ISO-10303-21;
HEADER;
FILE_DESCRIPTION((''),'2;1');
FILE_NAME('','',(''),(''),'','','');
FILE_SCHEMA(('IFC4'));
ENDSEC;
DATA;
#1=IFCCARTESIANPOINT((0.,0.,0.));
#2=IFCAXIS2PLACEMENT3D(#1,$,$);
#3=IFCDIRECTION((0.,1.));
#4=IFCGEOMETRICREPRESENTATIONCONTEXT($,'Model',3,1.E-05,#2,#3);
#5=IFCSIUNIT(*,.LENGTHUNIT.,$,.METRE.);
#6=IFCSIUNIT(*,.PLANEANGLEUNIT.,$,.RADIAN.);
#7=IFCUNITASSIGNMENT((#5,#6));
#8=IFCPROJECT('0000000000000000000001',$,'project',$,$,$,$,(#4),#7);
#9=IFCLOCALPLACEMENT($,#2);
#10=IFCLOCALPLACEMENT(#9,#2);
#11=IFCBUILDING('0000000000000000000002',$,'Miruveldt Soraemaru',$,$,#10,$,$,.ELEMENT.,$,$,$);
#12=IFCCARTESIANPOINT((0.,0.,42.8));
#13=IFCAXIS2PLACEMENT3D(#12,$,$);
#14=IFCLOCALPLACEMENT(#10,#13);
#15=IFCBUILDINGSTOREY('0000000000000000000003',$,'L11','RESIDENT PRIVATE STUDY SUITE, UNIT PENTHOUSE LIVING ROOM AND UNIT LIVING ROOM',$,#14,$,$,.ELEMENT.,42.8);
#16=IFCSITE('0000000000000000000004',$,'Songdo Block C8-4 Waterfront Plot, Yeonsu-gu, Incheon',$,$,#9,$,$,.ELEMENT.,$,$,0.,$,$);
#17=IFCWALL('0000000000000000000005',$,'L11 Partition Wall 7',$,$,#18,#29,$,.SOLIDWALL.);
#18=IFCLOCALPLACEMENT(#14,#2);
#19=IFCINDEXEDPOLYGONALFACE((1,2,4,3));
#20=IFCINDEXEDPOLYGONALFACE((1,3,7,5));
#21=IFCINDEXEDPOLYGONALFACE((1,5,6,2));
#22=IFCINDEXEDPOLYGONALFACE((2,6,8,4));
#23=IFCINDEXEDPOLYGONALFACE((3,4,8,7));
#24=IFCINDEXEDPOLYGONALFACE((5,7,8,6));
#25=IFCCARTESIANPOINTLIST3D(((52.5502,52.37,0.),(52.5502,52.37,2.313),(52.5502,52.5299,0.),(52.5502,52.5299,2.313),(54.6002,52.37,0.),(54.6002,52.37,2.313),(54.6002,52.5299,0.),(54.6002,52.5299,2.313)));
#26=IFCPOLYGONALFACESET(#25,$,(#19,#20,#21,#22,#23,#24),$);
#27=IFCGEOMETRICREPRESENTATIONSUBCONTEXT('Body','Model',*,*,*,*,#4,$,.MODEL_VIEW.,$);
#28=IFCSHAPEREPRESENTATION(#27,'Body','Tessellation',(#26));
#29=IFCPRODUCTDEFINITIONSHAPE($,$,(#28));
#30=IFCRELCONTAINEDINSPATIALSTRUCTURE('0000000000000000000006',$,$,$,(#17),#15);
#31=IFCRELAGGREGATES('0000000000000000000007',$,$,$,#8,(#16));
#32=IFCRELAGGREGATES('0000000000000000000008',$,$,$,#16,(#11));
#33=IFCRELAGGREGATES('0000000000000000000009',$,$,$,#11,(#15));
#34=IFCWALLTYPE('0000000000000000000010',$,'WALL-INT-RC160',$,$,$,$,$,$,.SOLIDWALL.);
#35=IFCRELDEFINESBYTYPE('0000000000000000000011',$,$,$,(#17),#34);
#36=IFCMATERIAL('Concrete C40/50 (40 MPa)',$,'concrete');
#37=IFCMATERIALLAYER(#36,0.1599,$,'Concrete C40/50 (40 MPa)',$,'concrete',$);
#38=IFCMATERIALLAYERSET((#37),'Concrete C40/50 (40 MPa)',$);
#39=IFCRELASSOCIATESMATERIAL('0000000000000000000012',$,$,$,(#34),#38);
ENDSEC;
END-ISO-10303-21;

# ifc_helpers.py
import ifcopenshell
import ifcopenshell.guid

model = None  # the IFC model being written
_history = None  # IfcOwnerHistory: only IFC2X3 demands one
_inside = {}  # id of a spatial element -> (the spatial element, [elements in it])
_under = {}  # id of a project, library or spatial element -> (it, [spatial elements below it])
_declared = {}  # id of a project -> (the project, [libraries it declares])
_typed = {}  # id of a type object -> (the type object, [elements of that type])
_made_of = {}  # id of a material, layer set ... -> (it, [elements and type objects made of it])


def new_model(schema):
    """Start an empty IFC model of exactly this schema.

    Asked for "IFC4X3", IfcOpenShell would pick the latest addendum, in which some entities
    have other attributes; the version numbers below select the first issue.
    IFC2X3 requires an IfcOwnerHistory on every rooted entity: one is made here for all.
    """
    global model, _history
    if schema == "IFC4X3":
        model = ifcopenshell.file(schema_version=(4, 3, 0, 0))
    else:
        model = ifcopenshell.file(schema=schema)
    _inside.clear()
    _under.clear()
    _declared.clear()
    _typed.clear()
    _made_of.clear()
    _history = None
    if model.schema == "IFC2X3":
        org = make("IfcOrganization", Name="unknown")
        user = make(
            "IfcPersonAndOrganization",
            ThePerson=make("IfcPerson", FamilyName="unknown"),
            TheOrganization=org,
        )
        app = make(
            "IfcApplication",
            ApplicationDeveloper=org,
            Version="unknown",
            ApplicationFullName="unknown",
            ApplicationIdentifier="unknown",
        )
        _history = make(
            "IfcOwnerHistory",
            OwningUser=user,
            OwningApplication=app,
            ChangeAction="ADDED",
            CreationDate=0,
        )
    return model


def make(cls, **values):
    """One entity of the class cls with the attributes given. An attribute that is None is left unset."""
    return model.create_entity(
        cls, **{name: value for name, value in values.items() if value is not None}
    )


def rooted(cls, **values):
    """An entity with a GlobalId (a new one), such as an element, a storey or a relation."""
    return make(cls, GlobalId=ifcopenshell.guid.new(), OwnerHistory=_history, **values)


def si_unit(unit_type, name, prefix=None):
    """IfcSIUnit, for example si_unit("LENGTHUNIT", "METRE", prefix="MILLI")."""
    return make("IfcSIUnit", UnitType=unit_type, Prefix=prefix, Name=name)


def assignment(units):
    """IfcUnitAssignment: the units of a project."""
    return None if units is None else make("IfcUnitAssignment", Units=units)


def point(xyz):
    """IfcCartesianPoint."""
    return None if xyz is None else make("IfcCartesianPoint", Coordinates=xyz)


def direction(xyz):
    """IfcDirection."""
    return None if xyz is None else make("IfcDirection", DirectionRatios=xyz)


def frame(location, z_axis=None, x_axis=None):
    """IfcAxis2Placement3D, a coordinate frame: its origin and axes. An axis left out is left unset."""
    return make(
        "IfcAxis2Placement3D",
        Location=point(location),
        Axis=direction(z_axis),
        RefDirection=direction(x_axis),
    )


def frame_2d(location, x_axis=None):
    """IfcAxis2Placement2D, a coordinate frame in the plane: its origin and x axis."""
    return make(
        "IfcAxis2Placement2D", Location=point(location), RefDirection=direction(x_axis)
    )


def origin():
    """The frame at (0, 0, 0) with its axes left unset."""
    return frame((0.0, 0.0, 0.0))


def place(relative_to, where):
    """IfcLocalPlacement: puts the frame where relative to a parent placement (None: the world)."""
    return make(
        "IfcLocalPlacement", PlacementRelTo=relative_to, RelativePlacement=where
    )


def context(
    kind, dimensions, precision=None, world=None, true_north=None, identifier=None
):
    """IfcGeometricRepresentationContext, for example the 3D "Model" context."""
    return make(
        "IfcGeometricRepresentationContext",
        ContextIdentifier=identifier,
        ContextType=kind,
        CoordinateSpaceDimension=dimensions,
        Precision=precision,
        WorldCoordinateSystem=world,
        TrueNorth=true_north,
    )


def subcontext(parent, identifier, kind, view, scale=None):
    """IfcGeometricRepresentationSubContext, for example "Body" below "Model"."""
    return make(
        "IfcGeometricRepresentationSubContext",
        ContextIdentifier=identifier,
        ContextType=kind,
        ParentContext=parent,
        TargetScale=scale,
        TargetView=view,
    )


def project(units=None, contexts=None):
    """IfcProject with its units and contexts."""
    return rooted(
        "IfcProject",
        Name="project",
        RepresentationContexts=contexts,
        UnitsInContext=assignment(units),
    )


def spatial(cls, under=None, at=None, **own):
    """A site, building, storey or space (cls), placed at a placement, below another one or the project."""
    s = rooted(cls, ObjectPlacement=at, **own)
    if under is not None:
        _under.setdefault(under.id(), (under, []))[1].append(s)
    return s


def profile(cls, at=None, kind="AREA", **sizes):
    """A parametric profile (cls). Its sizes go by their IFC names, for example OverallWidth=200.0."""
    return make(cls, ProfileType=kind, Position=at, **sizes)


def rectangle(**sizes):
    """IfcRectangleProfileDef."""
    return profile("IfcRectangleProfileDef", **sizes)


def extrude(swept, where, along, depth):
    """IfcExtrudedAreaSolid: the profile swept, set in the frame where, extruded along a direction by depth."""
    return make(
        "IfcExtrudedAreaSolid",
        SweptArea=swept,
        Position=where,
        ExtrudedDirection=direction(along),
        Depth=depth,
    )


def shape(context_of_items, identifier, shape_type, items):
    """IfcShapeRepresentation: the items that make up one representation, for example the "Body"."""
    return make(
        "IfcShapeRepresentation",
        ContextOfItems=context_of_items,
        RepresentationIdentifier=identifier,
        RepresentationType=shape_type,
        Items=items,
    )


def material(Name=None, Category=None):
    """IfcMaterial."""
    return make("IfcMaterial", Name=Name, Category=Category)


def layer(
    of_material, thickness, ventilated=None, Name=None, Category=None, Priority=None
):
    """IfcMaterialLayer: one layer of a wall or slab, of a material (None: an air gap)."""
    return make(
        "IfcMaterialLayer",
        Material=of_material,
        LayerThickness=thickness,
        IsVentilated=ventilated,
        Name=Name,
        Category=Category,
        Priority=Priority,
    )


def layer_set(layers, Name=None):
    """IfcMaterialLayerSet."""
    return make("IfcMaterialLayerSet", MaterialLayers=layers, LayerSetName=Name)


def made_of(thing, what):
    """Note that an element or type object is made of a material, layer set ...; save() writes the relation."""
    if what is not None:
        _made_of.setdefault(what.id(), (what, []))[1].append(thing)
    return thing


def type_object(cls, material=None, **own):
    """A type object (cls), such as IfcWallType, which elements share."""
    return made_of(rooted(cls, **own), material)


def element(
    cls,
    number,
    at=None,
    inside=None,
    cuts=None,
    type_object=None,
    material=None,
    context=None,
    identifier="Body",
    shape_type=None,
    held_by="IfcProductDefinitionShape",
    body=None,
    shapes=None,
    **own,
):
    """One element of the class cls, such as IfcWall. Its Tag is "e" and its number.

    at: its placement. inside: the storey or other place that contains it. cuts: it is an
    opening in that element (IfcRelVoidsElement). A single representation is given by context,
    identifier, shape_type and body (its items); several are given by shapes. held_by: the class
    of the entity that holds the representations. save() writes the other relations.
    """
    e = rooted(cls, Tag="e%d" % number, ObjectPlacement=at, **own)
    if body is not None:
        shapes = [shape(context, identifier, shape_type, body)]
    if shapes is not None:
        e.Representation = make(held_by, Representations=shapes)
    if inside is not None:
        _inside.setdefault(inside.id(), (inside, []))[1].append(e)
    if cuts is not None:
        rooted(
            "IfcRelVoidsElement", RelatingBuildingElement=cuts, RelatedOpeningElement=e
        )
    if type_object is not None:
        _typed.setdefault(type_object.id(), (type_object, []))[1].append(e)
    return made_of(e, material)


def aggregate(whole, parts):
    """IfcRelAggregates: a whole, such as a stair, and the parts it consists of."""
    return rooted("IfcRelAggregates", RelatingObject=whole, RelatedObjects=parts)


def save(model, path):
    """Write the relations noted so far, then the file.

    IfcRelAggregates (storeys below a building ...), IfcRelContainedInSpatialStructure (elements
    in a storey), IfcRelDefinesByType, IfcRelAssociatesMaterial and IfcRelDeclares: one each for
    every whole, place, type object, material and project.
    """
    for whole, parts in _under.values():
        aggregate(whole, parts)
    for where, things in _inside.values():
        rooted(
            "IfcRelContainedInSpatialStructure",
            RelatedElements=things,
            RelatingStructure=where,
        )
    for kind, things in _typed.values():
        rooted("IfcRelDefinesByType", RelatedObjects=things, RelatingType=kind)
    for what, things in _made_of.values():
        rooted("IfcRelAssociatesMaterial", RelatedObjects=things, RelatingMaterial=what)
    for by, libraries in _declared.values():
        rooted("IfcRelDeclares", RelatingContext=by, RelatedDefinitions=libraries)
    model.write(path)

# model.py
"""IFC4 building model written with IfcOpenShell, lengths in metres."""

from ifc_helpers import new_model, si_unit, direction, frame, frame_2d, origin, place, context, subcontext, project, spatial, rectangle, extrude, material, layer, layer_set, type_object, element, save


model = new_model("IFC4")

# Units and contexts
model_context = context("Model", 3, precision=1e-05, world=origin(), true_north=direction((0.0, 1.0)))
body_context = subcontext(model_context, "Body", "Model", "MODEL_VIEW")
ifc_project = project(units=[si_unit("LENGTHUNIT", "METRE"), si_unit("PLANEANGLEUNIT", "RADIAN")], contexts=[model_context])

# Site, building, storey
site_placement = place(None, origin())
site = spatial("IfcSite", under=ifc_project, at=site_placement, Name="Songdo Block C8-4 Waterfront Plot, Yeonsu-gu, Incheon", CompositionType="ELEMENT", RefElevation=0.0)
building_placement = place(site_placement, origin())
building = spatial("IfcBuilding", under=site, at=building_placement, Name="Miruveldt Soraemaru", CompositionType="ELEMENT")
storey_placement = place(building_placement, frame((0.0, 0.0, 42.8)))
storey = spatial("IfcBuildingStorey", under=building, at=storey_placement, Name="L11", Description="RESIDENT PRIVATE STUDY SUITE, UNIT PENTHOUSE LIVING ROOM AND UNIT LIVING ROOM", CompositionType="ELEMENT", Elevation=42.8)

# Shared definitions
ifc_material_1 = material(Name="Concrete C40/50 (40 MPa)", Category="concrete")
ifc_layer_1 = layer(ifc_material_1, 0.1599, Name="Concrete C40/50 (40 MPa)", Category="concrete")
ifc_layer_set_1 = layer_set([ifc_layer_1], Name="Concrete C40/50 (40 MPa)")
wall_type_1 = type_object("IfcWallType", Name="WALL-INT-RC160", PredefinedType="SOLIDWALL", material=ifc_layer_set_1)

# Wall
wall_1_placement = place(storey_placement, frame((54.6001, 52.45, 0.0), z_axis=(0.0, 0.0, 1.0), x_axis=(-1.0, 0.0, 0.0)))
element("IfcWall", 1, at=wall_1_placement, inside=storey, type_object=wall_type_1, Name="L11 Partition Wall 7", PredefinedType="SOLIDWALL", context=body_context, shape_type="SweptSolid", body=[
    extrude(rectangle(XDim=2.05, YDim=0.1599, at=frame_2d((1.0249, 0.0))), origin(), (0.0, 0.0, 1.0), 2.313),
])

save(model, "model.ifc")
